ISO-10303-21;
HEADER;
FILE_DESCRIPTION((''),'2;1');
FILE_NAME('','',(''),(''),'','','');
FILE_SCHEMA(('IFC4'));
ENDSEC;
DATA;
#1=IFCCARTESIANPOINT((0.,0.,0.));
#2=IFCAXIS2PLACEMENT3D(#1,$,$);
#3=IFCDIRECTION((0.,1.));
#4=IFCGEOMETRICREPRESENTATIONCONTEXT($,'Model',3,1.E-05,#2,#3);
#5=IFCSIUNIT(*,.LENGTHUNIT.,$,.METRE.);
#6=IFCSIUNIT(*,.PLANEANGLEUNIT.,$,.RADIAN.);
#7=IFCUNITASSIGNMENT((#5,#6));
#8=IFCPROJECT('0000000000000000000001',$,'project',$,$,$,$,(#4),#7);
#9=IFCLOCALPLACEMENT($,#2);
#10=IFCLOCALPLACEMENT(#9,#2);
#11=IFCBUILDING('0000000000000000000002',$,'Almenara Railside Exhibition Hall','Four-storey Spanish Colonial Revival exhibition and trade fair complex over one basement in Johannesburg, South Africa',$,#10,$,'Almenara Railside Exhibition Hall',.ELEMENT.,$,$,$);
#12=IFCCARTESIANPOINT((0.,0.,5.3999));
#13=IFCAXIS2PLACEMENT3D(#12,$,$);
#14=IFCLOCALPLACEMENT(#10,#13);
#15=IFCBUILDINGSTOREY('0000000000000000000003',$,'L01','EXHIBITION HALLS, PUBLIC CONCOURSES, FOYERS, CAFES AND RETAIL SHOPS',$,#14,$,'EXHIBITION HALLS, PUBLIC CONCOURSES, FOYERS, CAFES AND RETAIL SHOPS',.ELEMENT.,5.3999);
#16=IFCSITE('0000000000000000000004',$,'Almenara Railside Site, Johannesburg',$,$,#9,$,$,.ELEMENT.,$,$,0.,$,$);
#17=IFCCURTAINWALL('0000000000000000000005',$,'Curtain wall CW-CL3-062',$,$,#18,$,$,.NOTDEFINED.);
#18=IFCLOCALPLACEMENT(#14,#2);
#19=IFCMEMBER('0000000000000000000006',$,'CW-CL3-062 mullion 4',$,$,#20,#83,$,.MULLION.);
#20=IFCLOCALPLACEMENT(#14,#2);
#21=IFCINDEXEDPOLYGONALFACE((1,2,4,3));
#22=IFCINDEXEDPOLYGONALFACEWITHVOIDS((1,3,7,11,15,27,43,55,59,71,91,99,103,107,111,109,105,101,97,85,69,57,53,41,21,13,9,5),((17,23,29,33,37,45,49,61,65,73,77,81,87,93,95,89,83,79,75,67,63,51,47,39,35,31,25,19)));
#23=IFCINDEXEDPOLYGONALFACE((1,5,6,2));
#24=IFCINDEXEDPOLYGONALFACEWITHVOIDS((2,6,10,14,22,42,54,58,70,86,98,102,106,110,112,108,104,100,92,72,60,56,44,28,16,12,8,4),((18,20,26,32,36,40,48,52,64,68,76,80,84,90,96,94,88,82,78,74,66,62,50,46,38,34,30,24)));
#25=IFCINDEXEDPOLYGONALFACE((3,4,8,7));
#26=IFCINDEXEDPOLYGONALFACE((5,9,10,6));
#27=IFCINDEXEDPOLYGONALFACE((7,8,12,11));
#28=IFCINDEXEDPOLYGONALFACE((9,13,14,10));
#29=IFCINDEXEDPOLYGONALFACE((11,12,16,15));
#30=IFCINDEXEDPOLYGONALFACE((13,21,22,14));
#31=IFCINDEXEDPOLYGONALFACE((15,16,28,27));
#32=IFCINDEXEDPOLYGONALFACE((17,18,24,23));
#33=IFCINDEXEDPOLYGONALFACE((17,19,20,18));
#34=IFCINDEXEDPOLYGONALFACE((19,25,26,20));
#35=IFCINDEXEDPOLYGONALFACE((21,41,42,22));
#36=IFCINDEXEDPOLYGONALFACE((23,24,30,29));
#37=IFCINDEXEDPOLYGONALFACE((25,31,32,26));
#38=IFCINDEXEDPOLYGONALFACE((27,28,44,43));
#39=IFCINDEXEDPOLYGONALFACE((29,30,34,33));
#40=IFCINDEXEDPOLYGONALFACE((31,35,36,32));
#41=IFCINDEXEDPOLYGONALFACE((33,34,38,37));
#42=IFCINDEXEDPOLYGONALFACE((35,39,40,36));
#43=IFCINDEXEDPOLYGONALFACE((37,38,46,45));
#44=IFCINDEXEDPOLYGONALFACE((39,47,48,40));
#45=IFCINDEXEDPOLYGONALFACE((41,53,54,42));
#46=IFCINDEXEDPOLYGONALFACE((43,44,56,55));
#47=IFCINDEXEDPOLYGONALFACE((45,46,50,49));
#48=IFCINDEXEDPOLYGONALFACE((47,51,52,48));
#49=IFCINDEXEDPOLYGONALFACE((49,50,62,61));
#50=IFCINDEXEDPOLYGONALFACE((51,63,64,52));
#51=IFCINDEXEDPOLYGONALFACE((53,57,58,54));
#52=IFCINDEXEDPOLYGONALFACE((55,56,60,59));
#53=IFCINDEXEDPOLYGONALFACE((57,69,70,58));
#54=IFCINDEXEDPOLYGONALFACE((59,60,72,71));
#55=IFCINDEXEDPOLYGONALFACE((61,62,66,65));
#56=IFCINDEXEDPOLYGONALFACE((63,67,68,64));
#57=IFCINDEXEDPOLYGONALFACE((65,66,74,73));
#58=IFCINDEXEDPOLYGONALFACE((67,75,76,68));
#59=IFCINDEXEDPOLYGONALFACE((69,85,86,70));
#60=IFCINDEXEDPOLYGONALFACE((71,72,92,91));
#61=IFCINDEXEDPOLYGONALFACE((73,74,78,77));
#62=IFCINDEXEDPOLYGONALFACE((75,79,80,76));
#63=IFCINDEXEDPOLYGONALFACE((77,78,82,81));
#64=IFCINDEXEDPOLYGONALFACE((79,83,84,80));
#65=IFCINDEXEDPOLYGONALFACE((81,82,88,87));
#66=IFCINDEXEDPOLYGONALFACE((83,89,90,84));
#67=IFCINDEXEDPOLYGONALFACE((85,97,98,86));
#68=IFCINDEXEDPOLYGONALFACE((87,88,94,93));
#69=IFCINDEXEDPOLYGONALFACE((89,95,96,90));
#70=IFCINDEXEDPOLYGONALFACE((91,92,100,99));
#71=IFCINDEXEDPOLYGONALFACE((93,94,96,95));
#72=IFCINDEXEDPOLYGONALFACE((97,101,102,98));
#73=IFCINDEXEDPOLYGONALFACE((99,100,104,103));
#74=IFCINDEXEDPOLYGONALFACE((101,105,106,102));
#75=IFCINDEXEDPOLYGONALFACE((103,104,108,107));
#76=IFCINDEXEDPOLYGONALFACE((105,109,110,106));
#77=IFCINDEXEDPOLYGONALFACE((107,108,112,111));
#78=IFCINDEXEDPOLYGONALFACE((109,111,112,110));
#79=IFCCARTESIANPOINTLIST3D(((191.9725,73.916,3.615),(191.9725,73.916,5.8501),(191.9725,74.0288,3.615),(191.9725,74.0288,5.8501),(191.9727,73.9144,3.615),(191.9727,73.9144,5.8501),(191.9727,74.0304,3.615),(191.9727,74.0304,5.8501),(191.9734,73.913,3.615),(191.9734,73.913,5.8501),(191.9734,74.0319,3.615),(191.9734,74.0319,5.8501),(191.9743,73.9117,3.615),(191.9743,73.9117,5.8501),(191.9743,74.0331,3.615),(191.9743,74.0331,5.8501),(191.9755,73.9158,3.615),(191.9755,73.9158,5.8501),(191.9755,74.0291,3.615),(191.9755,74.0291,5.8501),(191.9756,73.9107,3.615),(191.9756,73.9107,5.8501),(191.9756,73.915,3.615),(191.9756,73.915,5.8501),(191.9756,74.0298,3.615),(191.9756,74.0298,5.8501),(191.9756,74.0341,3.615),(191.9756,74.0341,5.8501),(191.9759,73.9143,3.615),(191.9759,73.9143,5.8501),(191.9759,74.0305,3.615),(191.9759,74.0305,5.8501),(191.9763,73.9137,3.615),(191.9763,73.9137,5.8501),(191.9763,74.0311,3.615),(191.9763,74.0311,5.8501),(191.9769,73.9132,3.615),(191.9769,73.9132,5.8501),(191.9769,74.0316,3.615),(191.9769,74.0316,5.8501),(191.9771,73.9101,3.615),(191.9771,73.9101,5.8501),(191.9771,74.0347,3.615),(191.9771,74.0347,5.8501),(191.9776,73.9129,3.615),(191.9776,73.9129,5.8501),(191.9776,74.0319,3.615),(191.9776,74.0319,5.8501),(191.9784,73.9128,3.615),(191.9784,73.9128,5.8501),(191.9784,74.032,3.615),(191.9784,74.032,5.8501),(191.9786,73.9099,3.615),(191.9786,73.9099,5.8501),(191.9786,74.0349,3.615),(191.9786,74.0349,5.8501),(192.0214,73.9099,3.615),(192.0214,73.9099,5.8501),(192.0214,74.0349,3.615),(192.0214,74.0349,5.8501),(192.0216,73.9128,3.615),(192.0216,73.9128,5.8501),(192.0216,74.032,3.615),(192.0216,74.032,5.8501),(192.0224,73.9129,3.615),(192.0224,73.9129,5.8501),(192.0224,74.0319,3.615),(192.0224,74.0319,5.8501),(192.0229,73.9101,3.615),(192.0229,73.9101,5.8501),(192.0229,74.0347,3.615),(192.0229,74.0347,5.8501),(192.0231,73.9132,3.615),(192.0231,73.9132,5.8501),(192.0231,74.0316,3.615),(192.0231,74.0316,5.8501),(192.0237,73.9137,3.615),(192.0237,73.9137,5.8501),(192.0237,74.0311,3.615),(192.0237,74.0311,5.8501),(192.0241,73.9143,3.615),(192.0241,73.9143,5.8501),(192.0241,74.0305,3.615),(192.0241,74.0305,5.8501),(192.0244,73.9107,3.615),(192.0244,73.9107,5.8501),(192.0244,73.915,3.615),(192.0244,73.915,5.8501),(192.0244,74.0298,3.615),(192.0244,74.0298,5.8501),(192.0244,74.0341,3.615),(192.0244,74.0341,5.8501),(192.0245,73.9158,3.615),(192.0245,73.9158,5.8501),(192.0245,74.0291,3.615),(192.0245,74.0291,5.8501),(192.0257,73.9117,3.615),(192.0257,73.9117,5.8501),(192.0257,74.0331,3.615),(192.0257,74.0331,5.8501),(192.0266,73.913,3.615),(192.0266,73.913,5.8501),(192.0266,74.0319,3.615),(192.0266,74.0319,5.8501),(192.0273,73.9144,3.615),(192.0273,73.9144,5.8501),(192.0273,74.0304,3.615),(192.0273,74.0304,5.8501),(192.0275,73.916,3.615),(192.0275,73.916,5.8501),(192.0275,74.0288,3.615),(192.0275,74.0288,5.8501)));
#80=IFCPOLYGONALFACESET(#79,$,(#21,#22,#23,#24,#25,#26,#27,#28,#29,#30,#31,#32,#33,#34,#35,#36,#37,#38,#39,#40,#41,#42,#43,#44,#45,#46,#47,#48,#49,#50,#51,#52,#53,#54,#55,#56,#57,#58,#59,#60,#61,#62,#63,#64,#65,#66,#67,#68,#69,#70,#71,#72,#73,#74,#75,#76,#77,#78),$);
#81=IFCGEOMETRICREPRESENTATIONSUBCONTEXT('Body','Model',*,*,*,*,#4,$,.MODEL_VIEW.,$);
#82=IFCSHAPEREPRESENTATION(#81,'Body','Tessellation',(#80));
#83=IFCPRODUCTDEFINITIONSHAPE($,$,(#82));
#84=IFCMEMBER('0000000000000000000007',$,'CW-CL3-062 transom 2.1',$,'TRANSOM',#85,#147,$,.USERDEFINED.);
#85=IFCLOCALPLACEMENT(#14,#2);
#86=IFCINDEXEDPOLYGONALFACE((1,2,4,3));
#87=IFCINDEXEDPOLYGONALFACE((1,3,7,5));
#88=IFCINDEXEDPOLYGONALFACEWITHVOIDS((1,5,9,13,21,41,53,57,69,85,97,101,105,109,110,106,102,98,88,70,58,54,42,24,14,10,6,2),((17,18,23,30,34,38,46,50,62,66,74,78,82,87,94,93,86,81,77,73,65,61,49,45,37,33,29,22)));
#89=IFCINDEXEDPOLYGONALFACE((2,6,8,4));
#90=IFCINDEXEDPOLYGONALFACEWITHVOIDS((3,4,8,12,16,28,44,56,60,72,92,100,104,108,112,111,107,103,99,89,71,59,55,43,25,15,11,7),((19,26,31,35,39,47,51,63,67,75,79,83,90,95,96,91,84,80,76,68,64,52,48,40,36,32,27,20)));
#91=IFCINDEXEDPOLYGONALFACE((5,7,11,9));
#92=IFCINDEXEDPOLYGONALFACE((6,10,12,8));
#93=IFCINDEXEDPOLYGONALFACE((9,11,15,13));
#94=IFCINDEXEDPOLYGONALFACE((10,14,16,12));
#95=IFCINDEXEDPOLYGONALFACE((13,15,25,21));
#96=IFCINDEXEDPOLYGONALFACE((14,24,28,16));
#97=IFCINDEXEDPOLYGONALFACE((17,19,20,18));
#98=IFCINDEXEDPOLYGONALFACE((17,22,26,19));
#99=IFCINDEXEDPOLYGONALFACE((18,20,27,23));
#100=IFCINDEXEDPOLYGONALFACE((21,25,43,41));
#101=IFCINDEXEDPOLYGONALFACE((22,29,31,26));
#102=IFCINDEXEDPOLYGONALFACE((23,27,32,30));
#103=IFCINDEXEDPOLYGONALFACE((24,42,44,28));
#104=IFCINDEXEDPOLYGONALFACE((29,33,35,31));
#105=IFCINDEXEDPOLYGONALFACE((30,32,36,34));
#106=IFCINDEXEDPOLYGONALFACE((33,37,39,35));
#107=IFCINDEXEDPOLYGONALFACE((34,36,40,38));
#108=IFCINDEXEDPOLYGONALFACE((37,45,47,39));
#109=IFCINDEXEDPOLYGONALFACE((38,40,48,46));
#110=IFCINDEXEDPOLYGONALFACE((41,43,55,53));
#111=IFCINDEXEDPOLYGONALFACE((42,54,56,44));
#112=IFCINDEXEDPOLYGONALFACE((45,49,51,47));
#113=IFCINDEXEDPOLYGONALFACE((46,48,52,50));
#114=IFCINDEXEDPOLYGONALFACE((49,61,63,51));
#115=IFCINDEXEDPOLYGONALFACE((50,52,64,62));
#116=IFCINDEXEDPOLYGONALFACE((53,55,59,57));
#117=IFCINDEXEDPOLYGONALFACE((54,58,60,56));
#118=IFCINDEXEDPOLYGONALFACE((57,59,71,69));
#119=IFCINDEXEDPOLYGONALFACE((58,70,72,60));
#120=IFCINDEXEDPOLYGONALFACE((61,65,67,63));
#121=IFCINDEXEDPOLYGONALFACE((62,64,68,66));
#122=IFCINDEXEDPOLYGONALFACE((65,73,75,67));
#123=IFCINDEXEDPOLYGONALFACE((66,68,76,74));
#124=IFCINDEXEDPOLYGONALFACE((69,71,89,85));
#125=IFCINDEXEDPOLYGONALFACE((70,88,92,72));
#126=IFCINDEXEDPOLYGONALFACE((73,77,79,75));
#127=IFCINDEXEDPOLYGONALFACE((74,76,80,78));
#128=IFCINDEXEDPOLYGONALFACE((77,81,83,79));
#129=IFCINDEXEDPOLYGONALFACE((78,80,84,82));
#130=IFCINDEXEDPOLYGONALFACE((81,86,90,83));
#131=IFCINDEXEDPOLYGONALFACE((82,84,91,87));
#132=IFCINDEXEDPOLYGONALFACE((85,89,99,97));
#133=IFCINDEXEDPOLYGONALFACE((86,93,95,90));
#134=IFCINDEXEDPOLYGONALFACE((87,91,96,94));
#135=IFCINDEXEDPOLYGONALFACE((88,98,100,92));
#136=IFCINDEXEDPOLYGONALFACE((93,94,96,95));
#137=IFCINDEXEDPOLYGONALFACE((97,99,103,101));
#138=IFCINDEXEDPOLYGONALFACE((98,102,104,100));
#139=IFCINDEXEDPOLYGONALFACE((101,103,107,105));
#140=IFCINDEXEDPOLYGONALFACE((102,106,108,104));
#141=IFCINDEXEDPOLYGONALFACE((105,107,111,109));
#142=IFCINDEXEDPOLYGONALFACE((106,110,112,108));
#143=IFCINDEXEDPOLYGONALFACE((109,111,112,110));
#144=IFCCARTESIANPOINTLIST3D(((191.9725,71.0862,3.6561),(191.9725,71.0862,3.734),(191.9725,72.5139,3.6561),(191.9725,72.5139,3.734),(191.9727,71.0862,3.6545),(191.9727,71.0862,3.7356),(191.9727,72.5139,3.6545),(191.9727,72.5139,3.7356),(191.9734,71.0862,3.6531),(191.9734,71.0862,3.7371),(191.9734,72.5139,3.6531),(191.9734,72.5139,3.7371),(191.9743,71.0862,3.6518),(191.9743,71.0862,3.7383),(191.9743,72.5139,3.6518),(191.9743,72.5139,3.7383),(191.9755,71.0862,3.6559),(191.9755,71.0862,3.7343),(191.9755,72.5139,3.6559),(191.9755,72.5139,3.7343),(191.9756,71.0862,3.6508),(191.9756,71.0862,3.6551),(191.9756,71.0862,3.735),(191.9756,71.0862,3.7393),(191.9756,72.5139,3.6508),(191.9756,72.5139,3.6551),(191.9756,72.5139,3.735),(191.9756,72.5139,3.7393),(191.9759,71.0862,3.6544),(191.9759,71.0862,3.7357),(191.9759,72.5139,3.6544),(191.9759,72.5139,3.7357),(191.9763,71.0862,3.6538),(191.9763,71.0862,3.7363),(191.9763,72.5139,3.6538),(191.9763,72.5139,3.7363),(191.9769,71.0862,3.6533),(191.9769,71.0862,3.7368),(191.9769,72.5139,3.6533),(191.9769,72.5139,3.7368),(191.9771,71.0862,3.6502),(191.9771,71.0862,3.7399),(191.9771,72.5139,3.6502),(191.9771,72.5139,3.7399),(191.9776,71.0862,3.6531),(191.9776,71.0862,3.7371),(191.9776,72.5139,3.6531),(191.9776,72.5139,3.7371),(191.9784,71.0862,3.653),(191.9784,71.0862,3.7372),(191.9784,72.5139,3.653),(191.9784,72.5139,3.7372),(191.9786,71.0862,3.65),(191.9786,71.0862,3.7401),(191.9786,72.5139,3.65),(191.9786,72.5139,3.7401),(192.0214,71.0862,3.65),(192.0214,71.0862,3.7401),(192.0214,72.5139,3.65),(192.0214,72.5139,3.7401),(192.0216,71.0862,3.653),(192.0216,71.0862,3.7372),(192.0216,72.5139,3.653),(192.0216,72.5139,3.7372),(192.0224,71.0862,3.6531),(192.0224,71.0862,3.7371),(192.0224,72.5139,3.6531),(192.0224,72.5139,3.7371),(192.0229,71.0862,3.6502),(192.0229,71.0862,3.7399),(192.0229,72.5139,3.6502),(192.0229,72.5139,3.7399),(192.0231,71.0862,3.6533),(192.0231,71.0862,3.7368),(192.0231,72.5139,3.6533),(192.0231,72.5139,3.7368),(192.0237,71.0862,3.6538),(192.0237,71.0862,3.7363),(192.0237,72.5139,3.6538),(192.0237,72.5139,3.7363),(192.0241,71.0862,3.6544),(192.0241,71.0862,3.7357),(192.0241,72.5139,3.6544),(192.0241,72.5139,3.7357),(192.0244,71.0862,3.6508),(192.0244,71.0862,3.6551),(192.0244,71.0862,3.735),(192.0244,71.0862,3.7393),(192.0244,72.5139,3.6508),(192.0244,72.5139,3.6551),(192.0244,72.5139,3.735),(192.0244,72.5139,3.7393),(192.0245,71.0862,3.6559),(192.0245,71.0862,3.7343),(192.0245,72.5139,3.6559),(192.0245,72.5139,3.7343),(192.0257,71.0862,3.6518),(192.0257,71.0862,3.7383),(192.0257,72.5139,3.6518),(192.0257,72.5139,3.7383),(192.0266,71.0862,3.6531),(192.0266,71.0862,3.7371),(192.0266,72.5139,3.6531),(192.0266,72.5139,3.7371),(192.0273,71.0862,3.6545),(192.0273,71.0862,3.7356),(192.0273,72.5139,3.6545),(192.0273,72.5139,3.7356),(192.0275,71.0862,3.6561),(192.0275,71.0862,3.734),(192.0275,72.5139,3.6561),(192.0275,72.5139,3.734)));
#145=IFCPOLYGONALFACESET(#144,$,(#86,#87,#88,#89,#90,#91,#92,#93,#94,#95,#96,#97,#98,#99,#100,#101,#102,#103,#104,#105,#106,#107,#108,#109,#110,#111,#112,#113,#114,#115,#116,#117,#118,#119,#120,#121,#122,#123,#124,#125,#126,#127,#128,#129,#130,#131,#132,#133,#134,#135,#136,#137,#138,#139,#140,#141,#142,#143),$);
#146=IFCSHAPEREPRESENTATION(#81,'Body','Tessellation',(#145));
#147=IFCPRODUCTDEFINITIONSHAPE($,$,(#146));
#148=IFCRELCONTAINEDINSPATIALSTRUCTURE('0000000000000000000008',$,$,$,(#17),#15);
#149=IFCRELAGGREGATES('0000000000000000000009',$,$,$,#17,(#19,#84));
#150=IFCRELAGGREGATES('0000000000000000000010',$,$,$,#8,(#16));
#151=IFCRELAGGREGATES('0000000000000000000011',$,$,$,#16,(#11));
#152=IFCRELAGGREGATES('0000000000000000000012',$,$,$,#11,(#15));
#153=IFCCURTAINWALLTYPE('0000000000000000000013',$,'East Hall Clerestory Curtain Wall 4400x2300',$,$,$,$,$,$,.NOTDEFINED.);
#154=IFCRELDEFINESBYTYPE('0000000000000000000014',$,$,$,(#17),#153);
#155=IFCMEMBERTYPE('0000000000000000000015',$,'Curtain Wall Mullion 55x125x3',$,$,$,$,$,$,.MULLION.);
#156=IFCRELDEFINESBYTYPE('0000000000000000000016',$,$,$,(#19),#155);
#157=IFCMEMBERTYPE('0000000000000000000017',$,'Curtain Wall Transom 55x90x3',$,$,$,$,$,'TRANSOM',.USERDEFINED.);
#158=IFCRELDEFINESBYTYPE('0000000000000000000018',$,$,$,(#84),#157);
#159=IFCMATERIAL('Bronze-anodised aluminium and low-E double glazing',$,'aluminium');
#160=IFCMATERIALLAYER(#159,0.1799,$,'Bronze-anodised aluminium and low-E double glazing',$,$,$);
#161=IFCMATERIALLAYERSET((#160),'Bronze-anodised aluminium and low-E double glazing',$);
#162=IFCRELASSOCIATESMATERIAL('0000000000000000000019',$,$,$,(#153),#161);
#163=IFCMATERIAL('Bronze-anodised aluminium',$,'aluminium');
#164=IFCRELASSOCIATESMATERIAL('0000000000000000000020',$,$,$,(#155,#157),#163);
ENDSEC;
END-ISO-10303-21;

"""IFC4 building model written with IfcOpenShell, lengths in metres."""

from ifc_helpers import new_model, si_unit, direction, frame, origin, origin_2d, place, context, subcontext, project, spatial, hollow_rectangle, extrude, material, layer, layer_set, material_profile, profile_set, type_object, element, aggregate, save


model = new_model("IFC4")

# Units and contexts
model_context = context("Model", 3, precision=1e-05, world=origin(), true_north=direction((0.0, 1.0)))
body_context = subcontext(model_context, "Body", "Model", "MODEL_VIEW")
ifc_project = project(units=[si_unit("LENGTHUNIT", "METRE"), si_unit("PLANEANGLEUNIT", "RADIAN")], contexts=[model_context])

# Site, building, storey
site_placement = place(None, origin())
site = spatial("IfcSite", under=ifc_project, at=site_placement, Name="Almenara Railside Site, Johannesburg", CompositionType="ELEMENT", RefElevation=0.0)
building_placement = place(site_placement, origin())
building = spatial("IfcBuilding", under=site, at=building_placement, Name="Almenara Railside Exhibition Hall", Description="Four-storey Spanish Colonial Revival exhibition and trade fair complex over one basement in Johannesburg, South Africa", LongName="Almenara Railside Exhibition Hall", CompositionType="ELEMENT")
storey_placement = place(building_placement, frame((0.0, 0.0, 5.3999)))
storey = spatial("IfcBuildingStorey", under=building, at=storey_placement, Name="L01", Description="EXHIBITION HALLS, PUBLIC CONCOURSES, FOYERS, CAFES AND RETAIL SHOPS", LongName="EXHIBITION HALLS, PUBLIC CONCOURSES, FOYERS, CAFES AND RETAIL SHOPS", CompositionType="ELEMENT", Elevation=5.3999)

# Curtain wall, members
ifc_material_1 = material(Name="Bronze-anodised aluminium and low-E double glazing", Category="aluminium")
ifc_layer_1 = layer(ifc_material_1, 0.1799, Name="Bronze-anodised aluminium and low-E double glazing")
ifc_layer_set_1 = layer_set([ifc_layer_1], Name="Bronze-anodised aluminium and low-E double glazing")
curtain_wall_type = type_object("IfcCurtainWallType", Name="East Hall Clerestory Curtain Wall 4400x2300", PredefinedType="NOTDEFINED", material=ifc_layer_set_1)
curtain_wall_placement = place(storey_placement, origin())
curtain_wall = element("IfcCurtainWall", 1, at=curtain_wall_placement, inside=storey, type_object=curtain_wall_type, Name="Curtain wall CW-CL3-062", PredefinedType="NOTDEFINED")
ifc_material_2 = material(Name="Bronze-anodised aluminium", Category="aluminium")
ifc_material_profile_1 = material_profile(ifc_material_2, hollow_rectangle(XDim=0.0549, YDim=0.125, WallThickness=0.0029, InnerFilletRadius=0.0029, OuterFilletRadius=0.0061, at=origin_2d()), Name="ALU-MUL 55x125x3")
ifc_profile_set_1 = profile_set([ifc_material_profile_1], Name="Bronze-anodised aluminium")
member_type_1 = type_object("IfcMemberType", Name="Curtain Wall Mullion 55x125x3", PredefinedType="MULLION", material=ifc_profile_set_1)
member_1_placement = place(storey_placement, frame((192.0, 73.9724, 3.615), z_axis=(0.0, 0.0, 1.0), x_axis=(-1.0, 0.0, 0.0)))
member_1 = element("IfcMember", 2, at=member_1_placement, type_object=member_type_1, Name="CW-CL3-062 mullion 4", PredefinedType="MULLION", context=body_context, shape_type="SweptSolid", body=[
    extrude(hollow_rectangle(XDim=0.0549, YDim=0.125, WallThickness=0.0029, InnerFilletRadius=0.0029, OuterFilletRadius=0.0061, at=origin_2d()), origin(), (0.0, 0.0, 1.0), 2.2351),
])
ifc_material_profile_2 = material_profile(ifc_material_2, hollow_rectangle(XDim=0.0549, YDim=0.0901, WallThickness=0.0029, InnerFilletRadius=0.0029, OuterFilletRadius=0.0061, at=origin_2d()), Name="ALU-TRN 55x90x3")
ifc_profile_set_2 = profile_set([ifc_material_profile_2], Name="Bronze-anodised aluminium")
member_type_2 = type_object("IfcMemberType", Name="Curtain Wall Transom 55x90x3", ElementType="TRANSOM", PredefinedType="USERDEFINED", material=ifc_profile_set_2)
member_2_placement = place(storey_placement, frame((192.0, 71.0862, 3.6951), z_axis=(0.0, 1.0, 0.0), x_axis=(-1.0, 0.0, 0.0)))
member_2 = element("IfcMember", 3, at=member_2_placement, type_object=member_type_2, Name="CW-CL3-062 transom 2.1", ObjectType="TRANSOM", PredefinedType="USERDEFINED", context=body_context, shape_type="SweptSolid", body=[
    extrude(hollow_rectangle(XDim=0.0549, YDim=0.0901, WallThickness=0.0029, InnerFilletRadius=0.0029, OuterFilletRadius=0.0061, at=origin_2d()), origin(), (0.0, 0.0, 1.0), 1.4277),
])

aggregate(curtain_wall, [member_1, member_2])

save(model, "model.ifc")
